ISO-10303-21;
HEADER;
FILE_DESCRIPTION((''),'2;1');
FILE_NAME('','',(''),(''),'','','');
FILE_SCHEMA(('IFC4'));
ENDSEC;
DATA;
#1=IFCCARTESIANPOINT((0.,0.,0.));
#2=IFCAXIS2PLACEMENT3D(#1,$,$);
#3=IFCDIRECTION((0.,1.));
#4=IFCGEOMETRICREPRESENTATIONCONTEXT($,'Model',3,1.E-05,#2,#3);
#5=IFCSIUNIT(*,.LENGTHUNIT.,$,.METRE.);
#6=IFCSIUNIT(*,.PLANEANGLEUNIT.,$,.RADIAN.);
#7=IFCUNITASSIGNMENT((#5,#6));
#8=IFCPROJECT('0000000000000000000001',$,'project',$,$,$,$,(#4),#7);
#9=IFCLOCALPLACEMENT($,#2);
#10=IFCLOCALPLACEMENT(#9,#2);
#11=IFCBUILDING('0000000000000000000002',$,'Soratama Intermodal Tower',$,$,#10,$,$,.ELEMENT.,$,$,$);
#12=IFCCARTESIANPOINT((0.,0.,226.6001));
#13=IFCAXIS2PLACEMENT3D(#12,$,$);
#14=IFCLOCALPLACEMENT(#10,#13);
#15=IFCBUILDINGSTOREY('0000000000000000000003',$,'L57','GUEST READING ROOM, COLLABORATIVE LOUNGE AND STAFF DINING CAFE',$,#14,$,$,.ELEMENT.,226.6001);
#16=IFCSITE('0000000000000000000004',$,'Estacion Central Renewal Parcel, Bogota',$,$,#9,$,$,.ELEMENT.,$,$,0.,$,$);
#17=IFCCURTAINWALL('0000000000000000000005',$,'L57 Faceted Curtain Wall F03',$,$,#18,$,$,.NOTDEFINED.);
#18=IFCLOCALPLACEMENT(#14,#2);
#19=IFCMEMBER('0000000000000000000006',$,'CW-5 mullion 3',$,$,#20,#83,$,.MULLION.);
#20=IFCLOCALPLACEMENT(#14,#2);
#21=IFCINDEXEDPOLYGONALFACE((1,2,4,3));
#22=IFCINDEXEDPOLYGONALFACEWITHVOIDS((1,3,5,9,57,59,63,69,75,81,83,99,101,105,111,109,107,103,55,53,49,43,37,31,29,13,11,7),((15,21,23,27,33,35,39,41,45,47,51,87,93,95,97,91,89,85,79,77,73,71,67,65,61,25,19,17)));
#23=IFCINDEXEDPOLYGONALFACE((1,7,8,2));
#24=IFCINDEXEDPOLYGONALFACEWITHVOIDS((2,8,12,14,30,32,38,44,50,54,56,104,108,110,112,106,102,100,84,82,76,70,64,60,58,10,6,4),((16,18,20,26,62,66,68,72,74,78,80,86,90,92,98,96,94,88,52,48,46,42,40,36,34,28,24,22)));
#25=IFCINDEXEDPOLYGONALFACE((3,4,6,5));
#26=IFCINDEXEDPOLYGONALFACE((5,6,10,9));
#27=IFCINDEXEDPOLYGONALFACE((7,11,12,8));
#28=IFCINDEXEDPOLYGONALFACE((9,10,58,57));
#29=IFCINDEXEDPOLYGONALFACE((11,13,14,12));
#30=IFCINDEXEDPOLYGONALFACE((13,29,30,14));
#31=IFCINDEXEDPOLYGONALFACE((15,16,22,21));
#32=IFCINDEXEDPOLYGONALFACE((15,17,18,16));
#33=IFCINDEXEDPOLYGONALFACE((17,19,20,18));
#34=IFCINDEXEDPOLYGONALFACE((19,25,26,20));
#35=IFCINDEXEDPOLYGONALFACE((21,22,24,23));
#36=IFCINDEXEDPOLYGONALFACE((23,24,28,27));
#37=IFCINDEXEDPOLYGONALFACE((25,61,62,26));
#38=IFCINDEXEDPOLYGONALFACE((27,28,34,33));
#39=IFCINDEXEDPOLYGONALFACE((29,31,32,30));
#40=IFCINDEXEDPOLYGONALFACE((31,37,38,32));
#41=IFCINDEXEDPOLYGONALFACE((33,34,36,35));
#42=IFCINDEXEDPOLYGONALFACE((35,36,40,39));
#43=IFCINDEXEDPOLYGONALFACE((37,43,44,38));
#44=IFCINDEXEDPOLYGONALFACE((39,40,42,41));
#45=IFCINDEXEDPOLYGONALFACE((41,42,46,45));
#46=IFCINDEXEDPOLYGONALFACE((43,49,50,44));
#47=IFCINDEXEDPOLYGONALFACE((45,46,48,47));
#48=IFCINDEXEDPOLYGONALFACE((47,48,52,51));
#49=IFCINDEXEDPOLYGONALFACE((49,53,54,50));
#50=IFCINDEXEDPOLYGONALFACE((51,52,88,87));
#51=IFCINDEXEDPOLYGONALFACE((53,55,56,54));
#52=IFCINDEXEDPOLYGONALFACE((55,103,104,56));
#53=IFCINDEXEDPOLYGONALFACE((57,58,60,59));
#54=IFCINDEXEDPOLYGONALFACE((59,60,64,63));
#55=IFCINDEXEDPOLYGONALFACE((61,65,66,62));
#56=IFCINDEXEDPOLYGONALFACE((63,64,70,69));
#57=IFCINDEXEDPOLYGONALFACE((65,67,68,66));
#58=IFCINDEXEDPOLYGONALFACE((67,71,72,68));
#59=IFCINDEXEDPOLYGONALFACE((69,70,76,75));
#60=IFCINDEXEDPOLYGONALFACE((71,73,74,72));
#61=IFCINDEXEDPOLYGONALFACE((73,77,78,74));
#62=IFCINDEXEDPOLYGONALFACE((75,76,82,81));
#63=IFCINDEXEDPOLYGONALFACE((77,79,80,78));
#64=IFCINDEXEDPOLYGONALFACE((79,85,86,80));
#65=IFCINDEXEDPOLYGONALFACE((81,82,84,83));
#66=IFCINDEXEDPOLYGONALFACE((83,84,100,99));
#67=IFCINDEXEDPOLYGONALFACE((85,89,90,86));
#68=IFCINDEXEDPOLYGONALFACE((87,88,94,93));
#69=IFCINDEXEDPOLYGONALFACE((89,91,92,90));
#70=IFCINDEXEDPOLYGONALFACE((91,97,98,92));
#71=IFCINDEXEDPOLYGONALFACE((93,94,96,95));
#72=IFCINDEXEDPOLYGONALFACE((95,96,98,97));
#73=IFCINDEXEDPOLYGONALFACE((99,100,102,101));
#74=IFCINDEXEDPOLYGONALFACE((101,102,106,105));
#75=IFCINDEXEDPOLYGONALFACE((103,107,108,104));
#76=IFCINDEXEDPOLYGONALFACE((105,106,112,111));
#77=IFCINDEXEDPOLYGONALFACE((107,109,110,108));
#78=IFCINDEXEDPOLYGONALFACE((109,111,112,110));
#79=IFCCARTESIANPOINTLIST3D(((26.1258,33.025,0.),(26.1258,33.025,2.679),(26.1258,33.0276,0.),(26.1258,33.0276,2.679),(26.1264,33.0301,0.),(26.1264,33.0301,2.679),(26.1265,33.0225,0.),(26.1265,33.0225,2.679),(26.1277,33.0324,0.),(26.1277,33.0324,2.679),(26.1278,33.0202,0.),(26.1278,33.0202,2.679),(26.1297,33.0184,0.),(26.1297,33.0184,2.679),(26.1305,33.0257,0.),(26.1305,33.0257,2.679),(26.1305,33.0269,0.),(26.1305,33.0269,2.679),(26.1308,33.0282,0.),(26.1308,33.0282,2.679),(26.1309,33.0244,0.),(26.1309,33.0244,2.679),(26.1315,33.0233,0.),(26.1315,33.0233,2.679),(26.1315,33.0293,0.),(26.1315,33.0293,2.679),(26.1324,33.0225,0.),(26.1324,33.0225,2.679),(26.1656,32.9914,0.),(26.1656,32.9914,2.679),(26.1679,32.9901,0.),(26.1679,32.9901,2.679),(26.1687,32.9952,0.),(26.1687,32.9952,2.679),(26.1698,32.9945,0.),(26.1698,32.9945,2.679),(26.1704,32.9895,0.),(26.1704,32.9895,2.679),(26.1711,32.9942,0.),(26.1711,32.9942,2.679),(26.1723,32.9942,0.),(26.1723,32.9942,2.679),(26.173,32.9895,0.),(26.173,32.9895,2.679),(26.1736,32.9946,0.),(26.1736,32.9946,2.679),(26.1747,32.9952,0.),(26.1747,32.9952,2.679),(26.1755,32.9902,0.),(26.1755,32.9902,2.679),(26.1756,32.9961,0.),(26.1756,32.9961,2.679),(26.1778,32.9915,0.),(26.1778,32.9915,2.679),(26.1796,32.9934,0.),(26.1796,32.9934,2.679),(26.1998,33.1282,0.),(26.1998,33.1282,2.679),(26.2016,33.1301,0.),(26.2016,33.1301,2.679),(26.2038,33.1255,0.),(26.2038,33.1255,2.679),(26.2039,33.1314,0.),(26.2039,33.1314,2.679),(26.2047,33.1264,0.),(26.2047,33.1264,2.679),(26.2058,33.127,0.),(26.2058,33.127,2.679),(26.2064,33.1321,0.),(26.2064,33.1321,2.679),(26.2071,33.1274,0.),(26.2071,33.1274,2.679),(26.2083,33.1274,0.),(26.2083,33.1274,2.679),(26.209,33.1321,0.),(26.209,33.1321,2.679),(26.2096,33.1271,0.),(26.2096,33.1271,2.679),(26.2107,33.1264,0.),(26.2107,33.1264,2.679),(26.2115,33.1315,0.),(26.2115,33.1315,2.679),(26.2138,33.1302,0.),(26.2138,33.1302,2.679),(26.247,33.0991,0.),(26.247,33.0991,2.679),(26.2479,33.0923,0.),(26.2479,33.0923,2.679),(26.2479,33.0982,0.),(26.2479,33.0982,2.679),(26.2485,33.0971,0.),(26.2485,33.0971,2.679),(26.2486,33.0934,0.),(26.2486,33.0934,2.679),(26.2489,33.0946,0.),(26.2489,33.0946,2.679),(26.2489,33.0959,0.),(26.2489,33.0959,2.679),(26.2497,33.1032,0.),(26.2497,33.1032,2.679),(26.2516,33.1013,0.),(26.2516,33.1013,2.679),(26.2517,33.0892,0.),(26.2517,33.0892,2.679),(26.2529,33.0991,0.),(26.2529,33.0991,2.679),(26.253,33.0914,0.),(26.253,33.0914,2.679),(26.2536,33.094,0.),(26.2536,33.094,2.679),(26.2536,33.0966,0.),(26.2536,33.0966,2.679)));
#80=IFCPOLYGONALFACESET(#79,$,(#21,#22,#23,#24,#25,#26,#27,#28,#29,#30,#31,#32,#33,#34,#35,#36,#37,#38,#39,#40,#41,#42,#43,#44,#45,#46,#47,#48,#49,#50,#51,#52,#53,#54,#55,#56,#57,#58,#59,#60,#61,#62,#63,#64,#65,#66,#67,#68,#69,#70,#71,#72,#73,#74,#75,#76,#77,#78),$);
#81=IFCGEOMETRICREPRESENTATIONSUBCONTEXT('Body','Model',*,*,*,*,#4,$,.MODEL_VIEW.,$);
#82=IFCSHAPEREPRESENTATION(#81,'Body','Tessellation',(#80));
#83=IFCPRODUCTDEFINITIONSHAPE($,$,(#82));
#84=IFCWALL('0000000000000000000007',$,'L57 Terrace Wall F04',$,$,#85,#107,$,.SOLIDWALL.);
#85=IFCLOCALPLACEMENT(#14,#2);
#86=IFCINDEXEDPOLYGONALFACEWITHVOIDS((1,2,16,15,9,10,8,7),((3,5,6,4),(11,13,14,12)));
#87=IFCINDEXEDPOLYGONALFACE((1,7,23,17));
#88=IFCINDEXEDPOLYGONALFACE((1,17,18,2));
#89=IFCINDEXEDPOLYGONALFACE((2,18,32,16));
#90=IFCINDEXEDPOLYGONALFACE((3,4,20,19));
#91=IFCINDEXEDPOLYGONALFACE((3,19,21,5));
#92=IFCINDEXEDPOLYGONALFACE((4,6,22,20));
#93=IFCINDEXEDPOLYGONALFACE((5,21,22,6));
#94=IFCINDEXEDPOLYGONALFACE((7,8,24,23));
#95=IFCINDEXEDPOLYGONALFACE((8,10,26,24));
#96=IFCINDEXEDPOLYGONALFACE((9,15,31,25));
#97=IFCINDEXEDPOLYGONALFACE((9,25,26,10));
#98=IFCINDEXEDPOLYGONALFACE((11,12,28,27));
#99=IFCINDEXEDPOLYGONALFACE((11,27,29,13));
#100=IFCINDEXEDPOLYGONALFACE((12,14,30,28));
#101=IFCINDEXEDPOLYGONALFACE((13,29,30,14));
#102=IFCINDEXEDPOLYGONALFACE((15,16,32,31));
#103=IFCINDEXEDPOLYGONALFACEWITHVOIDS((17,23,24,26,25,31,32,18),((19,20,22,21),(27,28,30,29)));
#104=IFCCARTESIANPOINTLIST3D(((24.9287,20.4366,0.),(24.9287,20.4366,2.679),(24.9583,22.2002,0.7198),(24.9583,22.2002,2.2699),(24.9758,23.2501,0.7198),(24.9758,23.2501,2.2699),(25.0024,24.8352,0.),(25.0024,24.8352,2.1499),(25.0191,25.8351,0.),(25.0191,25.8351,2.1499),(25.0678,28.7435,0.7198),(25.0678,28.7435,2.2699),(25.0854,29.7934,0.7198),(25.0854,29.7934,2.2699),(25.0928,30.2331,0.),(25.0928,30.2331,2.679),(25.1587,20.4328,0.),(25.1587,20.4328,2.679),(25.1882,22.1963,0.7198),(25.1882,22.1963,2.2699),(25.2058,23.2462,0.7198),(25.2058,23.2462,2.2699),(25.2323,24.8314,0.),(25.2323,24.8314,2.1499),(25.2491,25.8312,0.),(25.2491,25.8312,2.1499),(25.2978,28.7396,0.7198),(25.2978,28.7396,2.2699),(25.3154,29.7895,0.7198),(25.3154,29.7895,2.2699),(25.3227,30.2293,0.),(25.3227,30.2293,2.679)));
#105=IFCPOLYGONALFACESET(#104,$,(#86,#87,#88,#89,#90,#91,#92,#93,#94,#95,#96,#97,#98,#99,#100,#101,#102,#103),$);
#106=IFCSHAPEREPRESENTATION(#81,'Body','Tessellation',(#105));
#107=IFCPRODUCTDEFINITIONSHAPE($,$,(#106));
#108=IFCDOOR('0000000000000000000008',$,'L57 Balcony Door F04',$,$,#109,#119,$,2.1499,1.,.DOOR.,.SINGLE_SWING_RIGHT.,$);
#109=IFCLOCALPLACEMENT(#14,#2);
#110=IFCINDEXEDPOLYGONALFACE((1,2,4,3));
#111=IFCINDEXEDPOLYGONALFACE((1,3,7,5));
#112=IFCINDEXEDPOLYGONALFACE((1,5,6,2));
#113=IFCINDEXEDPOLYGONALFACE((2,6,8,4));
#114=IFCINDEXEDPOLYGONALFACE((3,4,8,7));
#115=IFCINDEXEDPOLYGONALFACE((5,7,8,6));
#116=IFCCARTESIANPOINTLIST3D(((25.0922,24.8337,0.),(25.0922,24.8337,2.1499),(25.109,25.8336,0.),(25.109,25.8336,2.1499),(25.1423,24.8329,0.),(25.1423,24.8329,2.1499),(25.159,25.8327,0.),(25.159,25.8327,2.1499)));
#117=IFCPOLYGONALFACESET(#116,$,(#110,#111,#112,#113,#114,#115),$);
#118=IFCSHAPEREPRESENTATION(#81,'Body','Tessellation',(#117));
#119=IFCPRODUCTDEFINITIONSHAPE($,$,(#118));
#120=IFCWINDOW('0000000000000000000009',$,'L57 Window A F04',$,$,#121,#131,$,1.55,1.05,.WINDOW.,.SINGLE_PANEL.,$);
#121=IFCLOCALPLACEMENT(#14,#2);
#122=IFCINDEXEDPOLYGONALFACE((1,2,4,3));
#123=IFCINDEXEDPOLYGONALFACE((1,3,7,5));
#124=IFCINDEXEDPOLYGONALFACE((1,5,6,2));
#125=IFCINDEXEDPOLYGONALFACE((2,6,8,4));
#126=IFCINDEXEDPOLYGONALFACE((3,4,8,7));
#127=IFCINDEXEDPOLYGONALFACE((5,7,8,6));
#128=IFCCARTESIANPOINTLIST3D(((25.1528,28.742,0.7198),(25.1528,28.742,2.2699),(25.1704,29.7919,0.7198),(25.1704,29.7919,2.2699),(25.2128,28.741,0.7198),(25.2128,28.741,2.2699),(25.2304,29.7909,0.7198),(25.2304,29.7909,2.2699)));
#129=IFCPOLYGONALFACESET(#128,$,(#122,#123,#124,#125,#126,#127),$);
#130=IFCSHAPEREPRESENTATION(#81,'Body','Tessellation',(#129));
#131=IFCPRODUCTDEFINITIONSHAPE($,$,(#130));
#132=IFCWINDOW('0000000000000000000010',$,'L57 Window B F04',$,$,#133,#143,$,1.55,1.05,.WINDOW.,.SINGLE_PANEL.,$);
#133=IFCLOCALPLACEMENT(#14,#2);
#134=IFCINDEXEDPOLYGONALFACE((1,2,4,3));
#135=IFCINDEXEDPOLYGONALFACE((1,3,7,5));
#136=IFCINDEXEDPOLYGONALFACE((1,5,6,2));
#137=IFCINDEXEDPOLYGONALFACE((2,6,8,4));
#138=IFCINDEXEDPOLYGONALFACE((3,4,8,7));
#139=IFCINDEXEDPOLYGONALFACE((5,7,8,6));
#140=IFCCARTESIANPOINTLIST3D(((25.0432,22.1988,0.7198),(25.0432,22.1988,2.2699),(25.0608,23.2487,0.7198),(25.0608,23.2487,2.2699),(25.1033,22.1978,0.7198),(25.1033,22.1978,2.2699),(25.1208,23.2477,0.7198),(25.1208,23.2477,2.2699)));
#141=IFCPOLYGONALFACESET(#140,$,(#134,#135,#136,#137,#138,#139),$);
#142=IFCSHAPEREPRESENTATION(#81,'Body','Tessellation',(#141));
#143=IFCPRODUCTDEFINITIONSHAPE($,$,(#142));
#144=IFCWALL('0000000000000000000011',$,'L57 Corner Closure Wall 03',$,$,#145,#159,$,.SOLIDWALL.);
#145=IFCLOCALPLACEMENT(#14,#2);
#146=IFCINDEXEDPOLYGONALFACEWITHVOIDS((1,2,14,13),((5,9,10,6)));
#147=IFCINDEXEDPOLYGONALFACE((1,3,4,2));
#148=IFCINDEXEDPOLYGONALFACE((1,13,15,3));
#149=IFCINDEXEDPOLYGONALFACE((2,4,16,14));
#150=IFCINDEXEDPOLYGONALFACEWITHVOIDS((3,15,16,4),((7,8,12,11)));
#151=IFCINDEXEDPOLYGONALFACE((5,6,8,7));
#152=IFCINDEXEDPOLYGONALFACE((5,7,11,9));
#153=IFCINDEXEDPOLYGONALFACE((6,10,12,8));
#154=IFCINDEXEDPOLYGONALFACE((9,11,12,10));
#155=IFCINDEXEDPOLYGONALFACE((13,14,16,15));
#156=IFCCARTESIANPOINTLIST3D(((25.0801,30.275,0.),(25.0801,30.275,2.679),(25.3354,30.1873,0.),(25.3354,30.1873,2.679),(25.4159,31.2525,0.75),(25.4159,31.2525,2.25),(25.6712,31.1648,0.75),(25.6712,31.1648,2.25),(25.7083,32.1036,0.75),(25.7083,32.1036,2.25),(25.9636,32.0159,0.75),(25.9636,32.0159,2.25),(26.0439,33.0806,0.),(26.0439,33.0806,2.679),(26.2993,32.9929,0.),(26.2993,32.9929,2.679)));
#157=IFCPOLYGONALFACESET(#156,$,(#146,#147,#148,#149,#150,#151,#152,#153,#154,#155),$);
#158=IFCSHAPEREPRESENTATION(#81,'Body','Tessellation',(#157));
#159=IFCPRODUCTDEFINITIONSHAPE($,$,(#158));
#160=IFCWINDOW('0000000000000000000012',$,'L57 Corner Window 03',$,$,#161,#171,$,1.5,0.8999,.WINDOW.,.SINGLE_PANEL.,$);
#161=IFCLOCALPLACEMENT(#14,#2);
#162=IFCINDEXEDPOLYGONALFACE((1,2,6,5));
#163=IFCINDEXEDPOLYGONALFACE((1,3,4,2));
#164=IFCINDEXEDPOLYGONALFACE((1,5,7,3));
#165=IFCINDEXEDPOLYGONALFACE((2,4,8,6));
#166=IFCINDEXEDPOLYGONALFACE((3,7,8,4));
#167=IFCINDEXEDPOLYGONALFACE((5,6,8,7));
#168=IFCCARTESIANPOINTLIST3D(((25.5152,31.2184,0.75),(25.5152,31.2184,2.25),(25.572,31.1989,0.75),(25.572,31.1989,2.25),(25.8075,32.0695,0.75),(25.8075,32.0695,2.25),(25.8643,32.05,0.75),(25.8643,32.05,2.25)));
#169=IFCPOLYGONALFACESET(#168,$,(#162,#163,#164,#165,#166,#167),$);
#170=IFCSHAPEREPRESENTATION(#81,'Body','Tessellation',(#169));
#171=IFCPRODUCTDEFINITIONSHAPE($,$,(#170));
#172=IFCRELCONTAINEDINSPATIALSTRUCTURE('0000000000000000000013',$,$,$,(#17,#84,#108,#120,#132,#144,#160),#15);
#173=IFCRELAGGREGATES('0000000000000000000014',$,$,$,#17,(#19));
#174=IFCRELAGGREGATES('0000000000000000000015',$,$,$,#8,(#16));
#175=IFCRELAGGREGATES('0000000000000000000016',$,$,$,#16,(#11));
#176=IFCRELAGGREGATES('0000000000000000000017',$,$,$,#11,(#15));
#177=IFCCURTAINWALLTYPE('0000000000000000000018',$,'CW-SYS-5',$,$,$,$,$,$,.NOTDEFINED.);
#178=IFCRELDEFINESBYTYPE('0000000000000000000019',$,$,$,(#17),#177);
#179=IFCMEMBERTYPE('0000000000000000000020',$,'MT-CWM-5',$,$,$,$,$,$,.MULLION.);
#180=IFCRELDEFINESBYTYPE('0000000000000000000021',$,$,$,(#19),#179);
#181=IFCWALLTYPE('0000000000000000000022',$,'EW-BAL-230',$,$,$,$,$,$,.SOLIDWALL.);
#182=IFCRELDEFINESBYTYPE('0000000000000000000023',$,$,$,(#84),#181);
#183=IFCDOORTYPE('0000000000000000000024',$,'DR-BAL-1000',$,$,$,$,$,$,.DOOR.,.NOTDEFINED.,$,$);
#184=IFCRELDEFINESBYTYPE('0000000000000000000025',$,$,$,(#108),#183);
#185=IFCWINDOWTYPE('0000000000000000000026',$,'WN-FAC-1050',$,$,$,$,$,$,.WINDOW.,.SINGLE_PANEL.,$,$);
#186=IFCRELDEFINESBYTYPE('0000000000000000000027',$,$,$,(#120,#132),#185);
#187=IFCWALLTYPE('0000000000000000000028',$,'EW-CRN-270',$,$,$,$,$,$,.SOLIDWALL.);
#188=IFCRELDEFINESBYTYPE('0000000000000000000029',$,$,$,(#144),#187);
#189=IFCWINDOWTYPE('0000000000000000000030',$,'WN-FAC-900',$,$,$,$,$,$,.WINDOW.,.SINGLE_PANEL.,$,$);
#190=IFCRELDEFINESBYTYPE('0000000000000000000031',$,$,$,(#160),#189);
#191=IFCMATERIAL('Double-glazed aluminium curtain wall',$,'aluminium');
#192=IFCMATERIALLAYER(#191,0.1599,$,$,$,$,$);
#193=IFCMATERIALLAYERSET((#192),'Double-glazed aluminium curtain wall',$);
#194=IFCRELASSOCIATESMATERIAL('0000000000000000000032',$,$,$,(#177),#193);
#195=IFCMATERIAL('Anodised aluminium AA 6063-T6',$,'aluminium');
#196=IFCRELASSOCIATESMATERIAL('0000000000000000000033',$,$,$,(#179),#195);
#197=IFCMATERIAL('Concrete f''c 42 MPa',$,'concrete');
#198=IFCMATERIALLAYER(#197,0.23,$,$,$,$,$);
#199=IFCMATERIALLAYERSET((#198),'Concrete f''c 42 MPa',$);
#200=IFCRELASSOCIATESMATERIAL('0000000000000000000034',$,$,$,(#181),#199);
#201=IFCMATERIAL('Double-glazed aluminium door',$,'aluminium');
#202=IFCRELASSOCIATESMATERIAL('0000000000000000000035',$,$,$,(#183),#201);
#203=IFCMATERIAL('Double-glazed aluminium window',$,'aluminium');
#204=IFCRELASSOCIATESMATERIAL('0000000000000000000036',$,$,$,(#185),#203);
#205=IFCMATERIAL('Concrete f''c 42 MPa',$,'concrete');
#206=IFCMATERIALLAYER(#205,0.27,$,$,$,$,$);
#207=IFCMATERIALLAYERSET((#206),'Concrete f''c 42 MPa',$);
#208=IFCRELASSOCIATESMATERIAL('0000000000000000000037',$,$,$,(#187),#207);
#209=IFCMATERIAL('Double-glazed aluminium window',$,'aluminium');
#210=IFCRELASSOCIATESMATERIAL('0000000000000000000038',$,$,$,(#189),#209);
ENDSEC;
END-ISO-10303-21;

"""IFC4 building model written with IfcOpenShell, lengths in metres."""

from ifc_helpers import new_model, si_unit, direction, frame, frame_2d, origin, origin_2d, place, context, subcontext, project, spatial, rectangle, hollow_rectangle, extrude, material, layer, layer_set, material_profile, profile_set, type_object, element, fill, aggregate, save


model = new_model("IFC4")

# Units and contexts
model_context = context("Model", 3, precision=1e-05, world=origin(), true_north=direction((0.0, 1.0)))
body_context = subcontext(model_context, "Body", "Model", "MODEL_VIEW")
ifc_project = project(units=[si_unit("LENGTHUNIT", "METRE"), si_unit("PLANEANGLEUNIT", "RADIAN")], contexts=[model_context])

# Site, building, storey
site_placement = place(None, origin())
site = spatial("IfcSite", under=ifc_project, at=site_placement, Name="Estacion Central Renewal Parcel, Bogota", CompositionType="ELEMENT", RefElevation=0.0)
building_placement = place(site_placement, origin())
building = spatial("IfcBuilding", under=site, at=building_placement, Name="Soratama Intermodal Tower", CompositionType="ELEMENT")
storey_placement = place(building_placement, frame((0.0, 0.0, 226.6001)))
storey = spatial("IfcBuildingStorey", under=building, at=storey_placement, Name="L57", Description="GUEST READING ROOM, COLLABORATIVE LOUNGE AND STAFF DINING CAFE", CompositionType="ELEMENT", Elevation=226.6001)

# Curtain wall, member
ifc_material_1 = material(Name="Double-glazed aluminium curtain wall", Category="aluminium")
ifc_layer_1 = layer(ifc_material_1, 0.1599)
ifc_layer_set_1 = layer_set([ifc_layer_1], Name="Double-glazed aluminium curtain wall")
curtain_wall_type = type_object("IfcCurtainWallType", Name="CW-SYS-5", PredefinedType="NOTDEFINED", material=ifc_layer_set_1)
curtain_wall_placement = place(storey_placement, origin())
curtain_wall = element("IfcCurtainWall", 1, at=curtain_wall_placement, inside=storey, type_object=curtain_wall_type, Name="L57 Faceted Curtain Wall F03", PredefinedType="NOTDEFINED")
ifc_material_2 = material(Name="Anodised aluminium AA 6063-T6", Category="aluminium")
ifc_material_profile_1 = material_profile(ifc_material_2, hollow_rectangle(XDim=0.0649, YDim=0.1399, WallThickness=0.0049, InnerFilletRadius=0.0049, OuterFilletRadius=0.01, at=origin_2d()), Name="CWM140X65X5")
ifc_profile_set_1 = profile_set([ifc_material_profile_1], Name="Anodised aluminium AA 6063-T6")
member_type = type_object("IfcMemberType", Name="MT-CWM-5", PredefinedType="MULLION", material=ifc_profile_set_1)
member_placement = place(storey_placement, frame((26.1897, 33.0608, 0.0), z_axis=(0.0, 0.0, 1.0), x_axis=(0.799052, -0.601262, 0.0)))
member = element("IfcMember", 2, at=member_placement, type_object=member_type, Name="CW-5 mullion 3", PredefinedType="MULLION", context=body_context, shape_type="SweptSolid", body=[
    extrude(hollow_rectangle(XDim=0.0649, YDim=0.1399, WallThickness=0.0049, InnerFilletRadius=0.0049, OuterFilletRadius=0.01, at=origin_2d()), origin(), (0.0, 0.0, 1.0), 2.679),
])
aggregate(curtain_wall, [member])

# Wall, openings, door, windows
ifc_material_3 = material(Name="Concrete f'c 42 MPa", Category="concrete")
ifc_layer_2 = layer(ifc_material_3, 0.23)
ifc_layer_set_2 = layer_set([ifc_layer_2], Name="Concrete f'c 42 MPa")
wall_type_1 = type_object("IfcWallType", Name="EW-BAL-230", PredefinedType="SOLIDWALL", material=ifc_layer_set_2)
wall_1_placement = place(storey_placement, frame((25.2078, 30.2312, 0.0), z_axis=(0.0, 0.0, 1.0), x_axis=(-0.016745, -0.99986, 0.0)))
wall_1 = element("IfcWall", 3, at=wall_1_placement, inside=storey, type_object=wall_type_1, Name="L57 Terrace Wall F04", PredefinedType="SOLIDWALL", context=body_context, shape_type="SweptSolid", body=[
    extrude(rectangle(XDim=9.7979, YDim=0.23, at=frame_2d((4.8989, 0.0))), origin(), (0.0, 0.0, 1.0), 2.679),
])
opening_1_placement = place(wall_1_placement, frame((4.3987, 0.0, 0.0)))
opening_1 = element("IfcOpeningElement", 4, at=opening_1_placement, cuts=wall_1, PredefinedType="OPENING", context=body_context, shape_type="SweptSolid", body=[
    extrude(rectangle(XDim=1.0, YDim=2.1499, at=frame_2d((0.5, 1.075))), frame((0.0, 0.125, 0.0), z_axis=(0.0, -1.0, 0.0), x_axis=(1.0, 0.0, 0.0)), (0.0, 0.0, 1.0), 0.25),
])
opening_2_placement = place(wall_1_placement, frame((0.4399, 0.0, 0.72)))
opening_2 = element("IfcOpeningElement", 5, at=opening_2_placement, cuts=wall_1, PredefinedType="OPENING", context=body_context, shape_type="SweptSolid", body=[
    extrude(rectangle(XDim=1.05, YDim=1.55, at=frame_2d((0.5249, 0.7749))), frame((0.0, 0.125, 0.0), z_axis=(0.0, -1.0, 0.0), x_axis=(1.0, 0.0, 0.0)), (0.0, 0.0, 1.0), 0.25),
])
opening_3_placement = place(wall_1_placement, frame((6.9841, 0.0, 0.72)))
opening_3 = element("IfcOpeningElement", 6, at=opening_3_placement, cuts=wall_1, PredefinedType="OPENING", context=body_context, shape_type="SweptSolid", body=[
    extrude(rectangle(XDim=1.05, YDim=1.55, at=frame_2d((0.5249, 0.7749))), frame((0.0, 0.125, 0.0), z_axis=(0.0, -1.0, 0.0), x_axis=(1.0, 0.0, 0.0)), (0.0, 0.0, 1.0), 0.25),
])
ifc_material_4 = material(Name="Double-glazed aluminium door", Category="aluminium")
door_type_1 = type_object("IfcDoorType", Name="DR-BAL-1000", OperationType="NOTDEFINED", PredefinedType="DOOR", material=ifc_material_4)
door_1_placement = place(opening_1_placement, origin())
door_1 = element("IfcDoor", 7, at=door_1_placement, inside=storey, type_object=door_type_1, Name="L57 Balcony Door F04", OperationType="SINGLE_SWING_RIGHT", OverallHeight=2.1499, OverallWidth=1.0, PredefinedType="DOOR", context=body_context, shape_type="SweptSolid", body=[
    extrude(rectangle(XDim=1.0, YDim=2.1499, at=frame_2d((0.5, 1.075))), frame((0.0, 0.0249, 0.0), z_axis=(0.0, -1.0, 0.0), x_axis=(1.0, 0.0, 0.0)), (0.0, 0.0, 1.0), 0.05),
])
fill(opening_1, door_1)
ifc_material_5 = material(Name="Double-glazed aluminium window", Category="aluminium")
window_type_1 = type_object("IfcWindowType", Name="WN-FAC-1050", PartitioningType="SINGLE_PANEL", PredefinedType="WINDOW", material=ifc_material_5)
window_1_placement = place(opening_2_placement, origin())
window_1 = element("IfcWindow", 8, at=window_1_placement, inside=storey, type_object=window_type_1, Name="L57 Window A F04", OverallHeight=1.55, OverallWidth=1.05, PartitioningType="SINGLE_PANEL", PredefinedType="WINDOW", context=body_context, shape_type="SweptSolid", body=[
    extrude(rectangle(XDim=1.05, YDim=1.55, at=frame_2d((0.5249, 0.7749))), frame((0.0, 0.03, 0.0), z_axis=(0.0, -1.0, 0.0), x_axis=(1.0, 0.0, 0.0)), (0.0, 0.0, 1.0), 0.0601),
])
fill(opening_2, window_1)
window_2_placement = place(opening_3_placement, origin())
window_2 = element("IfcWindow", 9, at=window_2_placement, inside=storey, type_object=window_type_1, Name="L57 Window B F04", OverallHeight=1.55, OverallWidth=1.05, PartitioningType="SINGLE_PANEL", PredefinedType="WINDOW", context=body_context, shape_type="SweptSolid", body=[
    extrude(rectangle(XDim=1.05, YDim=1.55, at=frame_2d((0.5249, 0.7749))), frame((0.0, 0.03, 0.0), z_axis=(0.0, -1.0, 0.0), x_axis=(1.0, 0.0, 0.0)), (0.0, 0.0, 1.0), 0.0601),
])
fill(opening_3, window_2)

# Wall, opening, window
ifc_material_6 = material(Name="Concrete f'c 42 MPa", Category="concrete")
ifc_layer_3 = layer(ifc_material_6, 0.27)
ifc_layer_set_3 = layer_set([ifc_layer_3], Name="Concrete f'c 42 MPa")
wall_type_2 = type_object("IfcWallType", Name="EW-CRN-270", PredefinedType="SOLIDWALL", material=ifc_layer_set_3)
wall_2_placement = place(storey_placement, frame((26.1716, 33.0369, 0.0), z_axis=(0.0, 0.0, 1.0), x_axis=(-0.324905, -0.945747, 0.0)))
wall_2 = element("IfcWall", 10, at=wall_2_placement, inside=storey, type_object=wall_type_2, Name="L57 Corner Closure Wall 03", PredefinedType="SOLIDWALL", context=body_context, shape_type="SweptSolid", body=[
    extrude(rectangle(XDim=2.9666, YDim=0.27, at=frame_2d((1.4834, 0.0))), origin(), (0.0, 0.0, 1.0), 2.679),
])
opening_4_placement = place(wall_2_placement, frame((1.0332, 0.0, 0.75)))
opening_4 = element("IfcOpeningElement", 11, at=opening_4_placement, cuts=wall_2, PredefinedType="OPENING", context=body_context, shape_type="SweptSolid", body=[
    extrude(rectangle(XDim=0.8999, YDim=1.5, at=frame_2d((0.45, 0.75))), frame((0.0, 0.145, 0.0), z_axis=(0.0, -1.0, 0.0), x_axis=(1.0, 0.0, 0.0)), (0.0, 0.0, 1.0), 0.29),
])
ifc_material_7 = material(Name="Double-glazed aluminium window", Category="aluminium")
window_type_2 = type_object("IfcWindowType", Name="WN-FAC-900", PartitioningType="SINGLE_PANEL", PredefinedType="WINDOW", material=ifc_material_7)
window_3_placement = place(opening_4_placement, origin())
window_3 = element("IfcWindow", 12, at=window_3_placement, inside=storey, type_object=window_type_2, Name="L57 Corner Window 03", OverallHeight=1.5, OverallWidth=0.8999, PartitioningType="SINGLE_PANEL", PredefinedType="WINDOW", context=body_context, shape_type="SweptSolid", body=[
    extrude(rectangle(XDim=0.8999, YDim=1.5, at=frame_2d((0.45, 0.75))), frame((0.0, 0.03, 0.0), z_axis=(0.0, -1.0, 0.0), x_axis=(1.0, 0.0, 0.0)), (0.0, 0.0, 1.0), 0.0601),
])
fill(opening_4, window_3)

save(model, "model.ifc")
